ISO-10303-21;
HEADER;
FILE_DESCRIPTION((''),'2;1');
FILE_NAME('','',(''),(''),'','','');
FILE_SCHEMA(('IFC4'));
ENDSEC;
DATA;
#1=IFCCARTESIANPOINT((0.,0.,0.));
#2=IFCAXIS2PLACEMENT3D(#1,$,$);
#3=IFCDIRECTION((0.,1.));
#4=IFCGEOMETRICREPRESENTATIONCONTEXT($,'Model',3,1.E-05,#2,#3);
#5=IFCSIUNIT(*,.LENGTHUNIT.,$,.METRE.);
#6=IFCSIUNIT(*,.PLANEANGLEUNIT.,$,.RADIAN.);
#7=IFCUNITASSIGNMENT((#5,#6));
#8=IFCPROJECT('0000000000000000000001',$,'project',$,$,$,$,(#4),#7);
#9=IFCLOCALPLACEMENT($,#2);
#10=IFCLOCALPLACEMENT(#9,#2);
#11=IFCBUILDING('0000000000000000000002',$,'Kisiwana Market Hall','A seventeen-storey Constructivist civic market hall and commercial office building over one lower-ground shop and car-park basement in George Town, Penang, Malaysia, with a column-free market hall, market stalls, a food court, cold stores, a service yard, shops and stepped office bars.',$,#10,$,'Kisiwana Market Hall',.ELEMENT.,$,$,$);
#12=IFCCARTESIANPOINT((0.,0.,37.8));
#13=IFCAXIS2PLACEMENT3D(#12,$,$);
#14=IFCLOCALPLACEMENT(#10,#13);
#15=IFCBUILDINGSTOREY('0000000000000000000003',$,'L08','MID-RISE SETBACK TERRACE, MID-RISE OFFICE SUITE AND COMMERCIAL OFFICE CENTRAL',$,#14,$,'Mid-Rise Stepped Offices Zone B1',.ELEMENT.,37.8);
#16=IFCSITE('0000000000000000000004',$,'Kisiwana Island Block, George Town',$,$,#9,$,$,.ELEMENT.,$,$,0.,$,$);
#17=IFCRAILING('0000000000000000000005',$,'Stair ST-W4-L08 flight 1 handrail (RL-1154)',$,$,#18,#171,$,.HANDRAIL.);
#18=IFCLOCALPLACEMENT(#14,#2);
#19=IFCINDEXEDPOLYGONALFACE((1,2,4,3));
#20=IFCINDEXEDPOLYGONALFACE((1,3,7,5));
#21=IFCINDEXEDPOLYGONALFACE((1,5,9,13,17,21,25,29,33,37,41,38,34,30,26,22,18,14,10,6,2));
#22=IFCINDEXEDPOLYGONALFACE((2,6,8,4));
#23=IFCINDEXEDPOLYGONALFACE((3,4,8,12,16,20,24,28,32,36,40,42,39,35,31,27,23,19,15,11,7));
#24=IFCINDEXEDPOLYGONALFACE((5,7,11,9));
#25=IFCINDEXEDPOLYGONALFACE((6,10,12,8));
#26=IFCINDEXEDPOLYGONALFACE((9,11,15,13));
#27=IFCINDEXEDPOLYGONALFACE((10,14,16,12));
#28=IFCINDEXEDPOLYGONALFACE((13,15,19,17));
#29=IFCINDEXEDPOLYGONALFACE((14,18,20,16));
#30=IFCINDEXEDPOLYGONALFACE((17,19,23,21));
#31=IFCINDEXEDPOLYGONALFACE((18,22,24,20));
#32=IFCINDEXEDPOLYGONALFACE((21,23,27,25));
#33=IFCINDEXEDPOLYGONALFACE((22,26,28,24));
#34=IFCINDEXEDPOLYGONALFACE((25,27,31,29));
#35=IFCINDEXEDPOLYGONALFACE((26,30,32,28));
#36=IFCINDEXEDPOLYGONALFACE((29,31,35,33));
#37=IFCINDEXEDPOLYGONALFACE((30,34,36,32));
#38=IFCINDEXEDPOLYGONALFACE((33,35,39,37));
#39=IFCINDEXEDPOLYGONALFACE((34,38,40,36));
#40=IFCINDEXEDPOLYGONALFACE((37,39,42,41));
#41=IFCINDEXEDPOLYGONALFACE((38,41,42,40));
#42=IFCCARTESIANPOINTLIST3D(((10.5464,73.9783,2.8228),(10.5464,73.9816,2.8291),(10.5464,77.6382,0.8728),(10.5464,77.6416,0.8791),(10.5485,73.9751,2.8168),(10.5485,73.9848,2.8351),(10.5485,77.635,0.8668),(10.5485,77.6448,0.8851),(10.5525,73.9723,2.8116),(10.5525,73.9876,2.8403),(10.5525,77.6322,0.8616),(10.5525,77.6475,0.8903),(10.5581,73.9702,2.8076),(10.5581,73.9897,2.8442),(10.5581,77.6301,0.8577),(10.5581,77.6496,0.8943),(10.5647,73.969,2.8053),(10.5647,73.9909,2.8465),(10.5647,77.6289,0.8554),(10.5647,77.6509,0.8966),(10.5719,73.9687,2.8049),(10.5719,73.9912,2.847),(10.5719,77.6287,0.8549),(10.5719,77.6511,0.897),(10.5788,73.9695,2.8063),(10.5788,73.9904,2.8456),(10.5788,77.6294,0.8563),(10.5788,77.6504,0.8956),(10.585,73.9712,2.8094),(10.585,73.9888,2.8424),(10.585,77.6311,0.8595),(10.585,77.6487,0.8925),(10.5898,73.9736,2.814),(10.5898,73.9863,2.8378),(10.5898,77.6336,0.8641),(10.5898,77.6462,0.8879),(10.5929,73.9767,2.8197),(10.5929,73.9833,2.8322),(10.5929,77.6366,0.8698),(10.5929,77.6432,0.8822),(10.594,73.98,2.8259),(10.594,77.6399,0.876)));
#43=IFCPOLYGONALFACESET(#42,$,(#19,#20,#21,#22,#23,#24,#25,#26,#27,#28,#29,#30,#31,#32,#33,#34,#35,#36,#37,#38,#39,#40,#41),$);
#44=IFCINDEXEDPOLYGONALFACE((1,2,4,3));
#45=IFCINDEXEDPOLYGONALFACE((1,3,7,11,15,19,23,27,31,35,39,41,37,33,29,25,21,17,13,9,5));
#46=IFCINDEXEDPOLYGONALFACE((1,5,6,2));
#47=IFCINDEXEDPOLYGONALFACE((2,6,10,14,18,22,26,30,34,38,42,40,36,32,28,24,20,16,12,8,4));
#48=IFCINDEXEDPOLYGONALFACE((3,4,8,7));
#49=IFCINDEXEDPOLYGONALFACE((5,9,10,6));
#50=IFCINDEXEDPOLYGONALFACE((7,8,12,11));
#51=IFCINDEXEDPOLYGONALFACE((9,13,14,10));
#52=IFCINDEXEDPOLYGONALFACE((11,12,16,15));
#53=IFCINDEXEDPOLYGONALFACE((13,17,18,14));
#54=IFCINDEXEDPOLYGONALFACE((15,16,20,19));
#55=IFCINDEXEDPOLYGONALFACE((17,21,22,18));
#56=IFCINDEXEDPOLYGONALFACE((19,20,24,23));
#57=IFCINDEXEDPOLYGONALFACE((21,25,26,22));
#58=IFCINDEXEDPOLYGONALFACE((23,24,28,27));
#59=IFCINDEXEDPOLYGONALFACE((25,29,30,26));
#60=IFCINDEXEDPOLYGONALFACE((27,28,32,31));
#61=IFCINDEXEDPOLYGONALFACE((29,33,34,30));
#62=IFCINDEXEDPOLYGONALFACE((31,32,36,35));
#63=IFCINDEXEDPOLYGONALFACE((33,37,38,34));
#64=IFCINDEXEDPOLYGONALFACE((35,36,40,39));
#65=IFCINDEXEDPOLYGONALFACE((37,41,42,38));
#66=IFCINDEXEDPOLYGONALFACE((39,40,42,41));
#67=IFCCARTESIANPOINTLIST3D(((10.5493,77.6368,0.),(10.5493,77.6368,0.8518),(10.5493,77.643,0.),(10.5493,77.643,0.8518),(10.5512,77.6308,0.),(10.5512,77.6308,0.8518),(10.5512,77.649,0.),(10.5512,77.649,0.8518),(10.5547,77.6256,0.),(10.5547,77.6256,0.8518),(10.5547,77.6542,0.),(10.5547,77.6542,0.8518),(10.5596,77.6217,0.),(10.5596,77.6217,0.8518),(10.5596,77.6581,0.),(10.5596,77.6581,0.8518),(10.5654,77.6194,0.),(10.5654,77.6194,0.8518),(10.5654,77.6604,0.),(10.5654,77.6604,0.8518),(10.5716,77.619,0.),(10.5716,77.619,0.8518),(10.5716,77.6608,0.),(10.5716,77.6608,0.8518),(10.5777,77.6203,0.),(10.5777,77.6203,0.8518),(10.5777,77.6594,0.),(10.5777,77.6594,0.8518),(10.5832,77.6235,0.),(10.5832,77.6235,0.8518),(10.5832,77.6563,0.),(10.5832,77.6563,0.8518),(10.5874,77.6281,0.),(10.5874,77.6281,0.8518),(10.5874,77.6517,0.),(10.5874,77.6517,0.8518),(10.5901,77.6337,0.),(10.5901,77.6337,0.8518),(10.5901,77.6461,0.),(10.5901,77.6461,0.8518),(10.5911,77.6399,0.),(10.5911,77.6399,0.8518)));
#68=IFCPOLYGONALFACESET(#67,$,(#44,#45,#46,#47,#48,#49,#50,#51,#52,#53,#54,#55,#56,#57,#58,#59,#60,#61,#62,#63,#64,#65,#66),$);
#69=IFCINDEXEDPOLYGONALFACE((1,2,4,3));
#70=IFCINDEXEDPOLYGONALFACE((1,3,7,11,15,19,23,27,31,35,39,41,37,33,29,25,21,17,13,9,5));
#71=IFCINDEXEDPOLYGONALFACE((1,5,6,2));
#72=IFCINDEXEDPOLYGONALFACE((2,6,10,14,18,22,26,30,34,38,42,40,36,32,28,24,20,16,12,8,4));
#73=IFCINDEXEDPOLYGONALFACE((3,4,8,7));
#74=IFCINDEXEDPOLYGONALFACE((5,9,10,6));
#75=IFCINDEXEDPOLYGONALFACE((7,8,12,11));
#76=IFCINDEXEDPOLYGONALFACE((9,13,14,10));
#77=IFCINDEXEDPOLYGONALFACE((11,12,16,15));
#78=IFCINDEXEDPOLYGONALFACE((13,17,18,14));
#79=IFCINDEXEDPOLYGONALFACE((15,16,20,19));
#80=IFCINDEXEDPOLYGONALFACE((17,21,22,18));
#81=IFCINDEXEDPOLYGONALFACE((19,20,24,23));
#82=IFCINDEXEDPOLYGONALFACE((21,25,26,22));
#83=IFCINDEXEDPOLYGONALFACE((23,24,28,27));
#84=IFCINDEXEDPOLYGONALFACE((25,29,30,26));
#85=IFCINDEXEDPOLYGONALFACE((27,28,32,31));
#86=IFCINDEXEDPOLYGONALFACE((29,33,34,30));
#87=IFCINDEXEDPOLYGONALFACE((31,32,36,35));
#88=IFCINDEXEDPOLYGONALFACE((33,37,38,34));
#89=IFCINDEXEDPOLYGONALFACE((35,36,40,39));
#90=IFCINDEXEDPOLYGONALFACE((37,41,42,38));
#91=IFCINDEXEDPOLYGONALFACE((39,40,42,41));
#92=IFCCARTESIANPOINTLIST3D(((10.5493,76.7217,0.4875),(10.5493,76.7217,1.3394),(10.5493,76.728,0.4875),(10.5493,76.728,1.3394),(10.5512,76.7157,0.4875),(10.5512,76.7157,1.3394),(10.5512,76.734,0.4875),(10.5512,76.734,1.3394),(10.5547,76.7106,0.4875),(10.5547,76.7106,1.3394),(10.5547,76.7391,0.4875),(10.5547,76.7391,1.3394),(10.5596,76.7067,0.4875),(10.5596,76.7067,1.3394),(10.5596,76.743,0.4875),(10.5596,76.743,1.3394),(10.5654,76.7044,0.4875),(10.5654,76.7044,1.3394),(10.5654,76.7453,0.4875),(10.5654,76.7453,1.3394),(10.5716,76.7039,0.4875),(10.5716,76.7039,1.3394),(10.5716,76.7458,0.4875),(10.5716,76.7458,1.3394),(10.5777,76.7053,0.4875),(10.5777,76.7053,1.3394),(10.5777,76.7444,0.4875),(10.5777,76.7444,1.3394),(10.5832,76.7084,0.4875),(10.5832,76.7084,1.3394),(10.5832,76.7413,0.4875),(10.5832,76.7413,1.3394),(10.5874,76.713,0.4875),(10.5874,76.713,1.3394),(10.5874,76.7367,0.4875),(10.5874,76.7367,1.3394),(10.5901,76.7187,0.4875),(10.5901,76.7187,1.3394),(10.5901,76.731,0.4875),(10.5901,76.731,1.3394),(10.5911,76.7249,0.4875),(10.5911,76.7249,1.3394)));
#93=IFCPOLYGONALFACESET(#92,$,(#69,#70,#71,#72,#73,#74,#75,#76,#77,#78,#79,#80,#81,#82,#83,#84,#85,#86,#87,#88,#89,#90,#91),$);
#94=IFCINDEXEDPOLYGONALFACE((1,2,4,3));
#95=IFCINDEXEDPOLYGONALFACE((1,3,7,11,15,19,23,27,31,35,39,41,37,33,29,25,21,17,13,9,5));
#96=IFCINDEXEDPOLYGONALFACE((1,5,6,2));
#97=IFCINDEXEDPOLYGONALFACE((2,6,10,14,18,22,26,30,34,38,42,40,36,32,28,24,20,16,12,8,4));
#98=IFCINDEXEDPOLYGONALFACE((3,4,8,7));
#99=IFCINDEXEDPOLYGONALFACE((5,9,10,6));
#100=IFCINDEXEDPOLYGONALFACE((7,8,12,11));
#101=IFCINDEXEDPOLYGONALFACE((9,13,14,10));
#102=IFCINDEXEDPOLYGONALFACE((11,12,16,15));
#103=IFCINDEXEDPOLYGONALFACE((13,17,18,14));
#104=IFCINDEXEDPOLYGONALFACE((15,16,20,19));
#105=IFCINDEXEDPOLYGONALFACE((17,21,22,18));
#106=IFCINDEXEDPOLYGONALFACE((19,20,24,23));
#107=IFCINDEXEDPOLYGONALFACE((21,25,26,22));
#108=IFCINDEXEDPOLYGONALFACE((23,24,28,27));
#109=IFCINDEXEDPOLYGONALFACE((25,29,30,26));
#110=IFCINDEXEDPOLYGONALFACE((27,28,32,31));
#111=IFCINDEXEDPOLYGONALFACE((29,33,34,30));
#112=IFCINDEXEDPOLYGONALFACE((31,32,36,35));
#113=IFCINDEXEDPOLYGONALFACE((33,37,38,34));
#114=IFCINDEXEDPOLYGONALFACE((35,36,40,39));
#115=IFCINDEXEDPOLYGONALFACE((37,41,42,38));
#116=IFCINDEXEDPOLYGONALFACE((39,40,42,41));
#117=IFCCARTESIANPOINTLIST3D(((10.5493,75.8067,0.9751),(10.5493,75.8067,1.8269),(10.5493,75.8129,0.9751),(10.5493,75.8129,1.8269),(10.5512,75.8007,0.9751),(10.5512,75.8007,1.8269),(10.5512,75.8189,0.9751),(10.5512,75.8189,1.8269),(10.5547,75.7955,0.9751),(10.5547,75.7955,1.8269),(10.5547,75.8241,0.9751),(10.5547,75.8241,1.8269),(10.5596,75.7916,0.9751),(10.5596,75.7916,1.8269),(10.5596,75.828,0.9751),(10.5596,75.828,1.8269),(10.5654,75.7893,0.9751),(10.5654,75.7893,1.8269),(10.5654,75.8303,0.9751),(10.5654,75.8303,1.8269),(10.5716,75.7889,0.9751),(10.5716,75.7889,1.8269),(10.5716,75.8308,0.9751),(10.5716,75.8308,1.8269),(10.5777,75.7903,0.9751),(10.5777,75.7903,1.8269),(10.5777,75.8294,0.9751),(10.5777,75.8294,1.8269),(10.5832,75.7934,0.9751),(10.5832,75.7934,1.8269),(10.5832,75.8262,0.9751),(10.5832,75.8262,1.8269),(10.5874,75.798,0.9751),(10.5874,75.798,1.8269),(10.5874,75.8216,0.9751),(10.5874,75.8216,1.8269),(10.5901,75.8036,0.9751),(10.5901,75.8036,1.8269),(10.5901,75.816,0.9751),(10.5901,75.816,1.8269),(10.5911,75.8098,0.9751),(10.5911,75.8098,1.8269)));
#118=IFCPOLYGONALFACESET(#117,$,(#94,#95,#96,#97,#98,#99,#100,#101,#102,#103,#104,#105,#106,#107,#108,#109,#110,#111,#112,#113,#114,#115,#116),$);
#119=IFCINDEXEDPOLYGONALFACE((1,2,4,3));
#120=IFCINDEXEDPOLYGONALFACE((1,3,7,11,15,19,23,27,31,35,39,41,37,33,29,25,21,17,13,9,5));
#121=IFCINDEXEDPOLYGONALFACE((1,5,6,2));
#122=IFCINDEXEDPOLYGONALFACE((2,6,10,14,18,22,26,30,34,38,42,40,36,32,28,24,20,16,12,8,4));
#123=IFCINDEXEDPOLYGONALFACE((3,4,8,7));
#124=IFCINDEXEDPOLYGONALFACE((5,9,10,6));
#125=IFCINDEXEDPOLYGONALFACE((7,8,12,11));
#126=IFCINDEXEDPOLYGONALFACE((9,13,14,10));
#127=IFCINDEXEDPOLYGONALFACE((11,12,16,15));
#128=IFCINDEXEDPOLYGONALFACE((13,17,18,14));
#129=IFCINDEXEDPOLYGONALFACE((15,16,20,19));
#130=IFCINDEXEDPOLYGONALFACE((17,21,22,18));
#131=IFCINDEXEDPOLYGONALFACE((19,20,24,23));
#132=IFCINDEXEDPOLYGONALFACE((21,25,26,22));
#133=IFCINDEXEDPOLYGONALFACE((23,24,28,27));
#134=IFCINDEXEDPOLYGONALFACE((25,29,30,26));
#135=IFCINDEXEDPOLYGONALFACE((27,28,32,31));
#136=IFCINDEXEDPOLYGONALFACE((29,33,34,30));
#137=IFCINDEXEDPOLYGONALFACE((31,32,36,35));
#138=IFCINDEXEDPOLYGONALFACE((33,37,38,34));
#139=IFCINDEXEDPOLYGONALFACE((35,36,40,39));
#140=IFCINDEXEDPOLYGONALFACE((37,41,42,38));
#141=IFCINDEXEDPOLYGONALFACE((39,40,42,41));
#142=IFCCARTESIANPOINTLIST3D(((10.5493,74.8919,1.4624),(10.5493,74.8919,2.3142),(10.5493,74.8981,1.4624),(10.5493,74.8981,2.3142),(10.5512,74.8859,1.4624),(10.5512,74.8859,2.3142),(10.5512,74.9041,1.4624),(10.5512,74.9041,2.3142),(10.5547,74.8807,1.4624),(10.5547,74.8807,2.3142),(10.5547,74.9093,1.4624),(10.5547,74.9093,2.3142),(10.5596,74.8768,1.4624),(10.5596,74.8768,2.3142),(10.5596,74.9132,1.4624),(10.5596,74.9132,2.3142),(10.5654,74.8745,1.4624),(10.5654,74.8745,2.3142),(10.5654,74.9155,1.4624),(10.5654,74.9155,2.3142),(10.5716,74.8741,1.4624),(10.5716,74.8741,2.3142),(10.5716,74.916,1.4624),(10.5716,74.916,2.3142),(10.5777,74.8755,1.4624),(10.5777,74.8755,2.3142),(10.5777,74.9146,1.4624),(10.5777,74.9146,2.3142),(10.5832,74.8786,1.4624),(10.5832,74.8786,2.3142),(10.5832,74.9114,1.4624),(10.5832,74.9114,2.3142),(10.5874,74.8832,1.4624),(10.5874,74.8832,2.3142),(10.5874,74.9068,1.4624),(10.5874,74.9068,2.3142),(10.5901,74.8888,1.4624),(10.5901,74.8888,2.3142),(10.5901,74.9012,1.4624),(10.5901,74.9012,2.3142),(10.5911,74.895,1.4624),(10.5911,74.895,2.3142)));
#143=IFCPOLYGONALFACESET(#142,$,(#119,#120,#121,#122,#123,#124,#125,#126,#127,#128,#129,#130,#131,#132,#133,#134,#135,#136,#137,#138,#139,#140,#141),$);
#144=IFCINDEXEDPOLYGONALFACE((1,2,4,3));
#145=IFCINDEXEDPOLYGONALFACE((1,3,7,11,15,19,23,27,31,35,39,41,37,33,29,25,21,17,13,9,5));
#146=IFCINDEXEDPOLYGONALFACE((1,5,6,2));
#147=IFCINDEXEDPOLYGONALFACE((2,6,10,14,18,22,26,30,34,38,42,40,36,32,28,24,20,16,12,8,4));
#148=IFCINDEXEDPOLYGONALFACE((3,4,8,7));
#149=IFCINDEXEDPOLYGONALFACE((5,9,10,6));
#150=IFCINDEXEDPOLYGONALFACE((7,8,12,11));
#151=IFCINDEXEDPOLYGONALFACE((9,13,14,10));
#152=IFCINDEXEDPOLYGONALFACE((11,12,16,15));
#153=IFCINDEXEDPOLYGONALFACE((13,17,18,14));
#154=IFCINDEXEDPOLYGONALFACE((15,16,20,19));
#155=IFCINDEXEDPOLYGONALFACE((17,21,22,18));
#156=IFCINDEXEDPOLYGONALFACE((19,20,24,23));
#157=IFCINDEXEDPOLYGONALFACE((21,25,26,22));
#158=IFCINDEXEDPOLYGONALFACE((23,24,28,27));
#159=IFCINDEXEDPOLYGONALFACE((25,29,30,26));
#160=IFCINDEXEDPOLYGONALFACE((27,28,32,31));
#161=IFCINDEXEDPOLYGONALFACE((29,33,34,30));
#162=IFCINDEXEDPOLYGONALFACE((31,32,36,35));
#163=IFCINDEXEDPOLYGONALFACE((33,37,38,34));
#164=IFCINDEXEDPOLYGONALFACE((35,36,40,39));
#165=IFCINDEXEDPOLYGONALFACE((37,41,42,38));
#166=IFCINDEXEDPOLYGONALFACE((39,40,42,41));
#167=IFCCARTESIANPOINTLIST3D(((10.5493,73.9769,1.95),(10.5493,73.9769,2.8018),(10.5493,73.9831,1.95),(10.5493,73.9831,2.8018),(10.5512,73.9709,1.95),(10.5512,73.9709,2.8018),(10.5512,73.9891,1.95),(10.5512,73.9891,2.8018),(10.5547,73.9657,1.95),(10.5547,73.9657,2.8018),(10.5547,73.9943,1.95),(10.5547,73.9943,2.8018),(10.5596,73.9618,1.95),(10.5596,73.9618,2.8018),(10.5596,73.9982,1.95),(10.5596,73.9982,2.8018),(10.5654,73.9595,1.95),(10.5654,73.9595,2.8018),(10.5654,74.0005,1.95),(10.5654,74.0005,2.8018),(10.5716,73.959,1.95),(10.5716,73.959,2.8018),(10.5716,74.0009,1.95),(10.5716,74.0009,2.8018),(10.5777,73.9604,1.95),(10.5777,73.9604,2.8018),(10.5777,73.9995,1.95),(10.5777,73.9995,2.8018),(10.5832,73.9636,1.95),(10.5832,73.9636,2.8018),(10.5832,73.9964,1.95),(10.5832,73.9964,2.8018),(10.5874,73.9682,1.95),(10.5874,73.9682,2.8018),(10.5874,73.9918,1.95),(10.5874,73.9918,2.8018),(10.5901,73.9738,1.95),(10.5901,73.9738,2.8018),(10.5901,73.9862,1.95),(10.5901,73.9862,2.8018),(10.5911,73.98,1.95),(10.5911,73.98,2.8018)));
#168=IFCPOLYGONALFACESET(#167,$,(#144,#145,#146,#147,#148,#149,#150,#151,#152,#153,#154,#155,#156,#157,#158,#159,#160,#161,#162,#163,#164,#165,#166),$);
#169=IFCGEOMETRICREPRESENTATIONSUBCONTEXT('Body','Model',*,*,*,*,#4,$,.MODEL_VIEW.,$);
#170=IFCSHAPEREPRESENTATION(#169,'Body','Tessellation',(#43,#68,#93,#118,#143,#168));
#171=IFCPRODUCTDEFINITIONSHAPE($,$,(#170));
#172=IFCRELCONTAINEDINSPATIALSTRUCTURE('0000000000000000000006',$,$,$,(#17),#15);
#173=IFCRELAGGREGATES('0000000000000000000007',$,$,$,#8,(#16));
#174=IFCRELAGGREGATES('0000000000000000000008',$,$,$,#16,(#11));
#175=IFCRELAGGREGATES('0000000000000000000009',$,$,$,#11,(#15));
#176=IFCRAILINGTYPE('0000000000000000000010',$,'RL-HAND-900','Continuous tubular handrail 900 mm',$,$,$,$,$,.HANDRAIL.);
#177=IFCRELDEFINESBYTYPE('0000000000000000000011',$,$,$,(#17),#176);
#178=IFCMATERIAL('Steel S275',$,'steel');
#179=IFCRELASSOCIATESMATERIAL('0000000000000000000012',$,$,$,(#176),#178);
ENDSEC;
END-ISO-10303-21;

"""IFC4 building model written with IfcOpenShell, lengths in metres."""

from ifc_helpers import new_model, si_unit, direction, frame, origin, origin_2d, place, context, subcontext, project, spatial, circle, extrude, material, type_object, element, save


model = new_model("IFC4")

# Units and contexts
model_context = context("Model", 3, precision=1e-05, world=origin(), true_north=direction((0.0, 1.0)))
body_context = subcontext(model_context, "Body", "Model", "MODEL_VIEW")
ifc_project = project(units=[si_unit("LENGTHUNIT", "METRE"), si_unit("PLANEANGLEUNIT", "RADIAN")], contexts=[model_context])

# Site, building, storey
site_placement = place(None, origin())
site = spatial("IfcSite", under=ifc_project, at=site_placement, Name="Kisiwana Island Block, George Town", CompositionType="ELEMENT", RefElevation=0.0)
building_placement = place(site_placement, origin())
building = spatial("IfcBuilding", under=site, at=building_placement, Name="Kisiwana Market Hall", Description="A seventeen-storey Constructivist civic market hall and commercial office building over one lower-ground shop and car-park basement in George Town, Penang, Malaysia, with a column-free market hall, market stalls, a food court, cold stores, a service yard, shops and stepped office bars.", LongName="Kisiwana Market Hall", CompositionType="ELEMENT")
storey_placement = place(building_placement, frame((0.0, 0.0, 37.8)))
storey = spatial("IfcBuildingStorey", under=building, at=storey_placement, Name="L08", Description="MID-RISE SETBACK TERRACE, MID-RISE OFFICE SUITE AND COMMERCIAL OFFICE CENTRAL", LongName="Mid-Rise Stepped Offices Zone B1", CompositionType="ELEMENT", Elevation=37.8)

# Railing
ifc_material_1 = material(Name="Steel S275", Category="steel")
railing_type_1 = type_object("IfcRailingType", Name="RL-HAND-900", Description="Continuous tubular handrail 900 mm", PredefinedType="HANDRAIL", material=ifc_material_1)
railing_1_placement = place(storey_placement, frame((10.5701, 77.6399, 0.0)))
element("IfcRailing", 1, at=railing_1_placement, inside=storey, type_object=railing_type_1, Name="Stair ST-W4-L08 flight 1 handrail (RL-1154)", PredefinedType="HANDRAIL", context=body_context, shape_type="SweptSolid", body=[
    extrude(circle(Radius=0.0239, at=origin_2d()), frame((0.0, 0.0, 0.876), z_axis=(0.0, -0.882553, 0.470212), x_axis=(1.0, 0.0, 0.0)), (0.0, 0.0, 1.0), 4.147),
    extrude(circle(Radius=0.021, at=origin_2d()), origin(), (0.0, 0.0, 1.0), 0.8518),
    extrude(circle(Radius=0.021, at=origin_2d()), frame((0.0, -0.915, 0.4875)), (0.0, 0.0, 1.0), 0.8518),
    extrude(circle(Radius=0.021, at=origin_2d()), frame((0.0, -1.8301, 0.9751)), (0.0, 0.0, 1.0), 0.8518),
    extrude(circle(Radius=0.021, at=origin_2d()), frame((0.0, -2.7449, 1.4624)), (0.0, 0.0, 1.0), 0.8518),
    extrude(circle(Radius=0.021, at=origin_2d()), frame((0.0, -3.6599, 1.95)), (0.0, 0.0, 1.0), 0.8518),
])

save(model, "model.ifc")
